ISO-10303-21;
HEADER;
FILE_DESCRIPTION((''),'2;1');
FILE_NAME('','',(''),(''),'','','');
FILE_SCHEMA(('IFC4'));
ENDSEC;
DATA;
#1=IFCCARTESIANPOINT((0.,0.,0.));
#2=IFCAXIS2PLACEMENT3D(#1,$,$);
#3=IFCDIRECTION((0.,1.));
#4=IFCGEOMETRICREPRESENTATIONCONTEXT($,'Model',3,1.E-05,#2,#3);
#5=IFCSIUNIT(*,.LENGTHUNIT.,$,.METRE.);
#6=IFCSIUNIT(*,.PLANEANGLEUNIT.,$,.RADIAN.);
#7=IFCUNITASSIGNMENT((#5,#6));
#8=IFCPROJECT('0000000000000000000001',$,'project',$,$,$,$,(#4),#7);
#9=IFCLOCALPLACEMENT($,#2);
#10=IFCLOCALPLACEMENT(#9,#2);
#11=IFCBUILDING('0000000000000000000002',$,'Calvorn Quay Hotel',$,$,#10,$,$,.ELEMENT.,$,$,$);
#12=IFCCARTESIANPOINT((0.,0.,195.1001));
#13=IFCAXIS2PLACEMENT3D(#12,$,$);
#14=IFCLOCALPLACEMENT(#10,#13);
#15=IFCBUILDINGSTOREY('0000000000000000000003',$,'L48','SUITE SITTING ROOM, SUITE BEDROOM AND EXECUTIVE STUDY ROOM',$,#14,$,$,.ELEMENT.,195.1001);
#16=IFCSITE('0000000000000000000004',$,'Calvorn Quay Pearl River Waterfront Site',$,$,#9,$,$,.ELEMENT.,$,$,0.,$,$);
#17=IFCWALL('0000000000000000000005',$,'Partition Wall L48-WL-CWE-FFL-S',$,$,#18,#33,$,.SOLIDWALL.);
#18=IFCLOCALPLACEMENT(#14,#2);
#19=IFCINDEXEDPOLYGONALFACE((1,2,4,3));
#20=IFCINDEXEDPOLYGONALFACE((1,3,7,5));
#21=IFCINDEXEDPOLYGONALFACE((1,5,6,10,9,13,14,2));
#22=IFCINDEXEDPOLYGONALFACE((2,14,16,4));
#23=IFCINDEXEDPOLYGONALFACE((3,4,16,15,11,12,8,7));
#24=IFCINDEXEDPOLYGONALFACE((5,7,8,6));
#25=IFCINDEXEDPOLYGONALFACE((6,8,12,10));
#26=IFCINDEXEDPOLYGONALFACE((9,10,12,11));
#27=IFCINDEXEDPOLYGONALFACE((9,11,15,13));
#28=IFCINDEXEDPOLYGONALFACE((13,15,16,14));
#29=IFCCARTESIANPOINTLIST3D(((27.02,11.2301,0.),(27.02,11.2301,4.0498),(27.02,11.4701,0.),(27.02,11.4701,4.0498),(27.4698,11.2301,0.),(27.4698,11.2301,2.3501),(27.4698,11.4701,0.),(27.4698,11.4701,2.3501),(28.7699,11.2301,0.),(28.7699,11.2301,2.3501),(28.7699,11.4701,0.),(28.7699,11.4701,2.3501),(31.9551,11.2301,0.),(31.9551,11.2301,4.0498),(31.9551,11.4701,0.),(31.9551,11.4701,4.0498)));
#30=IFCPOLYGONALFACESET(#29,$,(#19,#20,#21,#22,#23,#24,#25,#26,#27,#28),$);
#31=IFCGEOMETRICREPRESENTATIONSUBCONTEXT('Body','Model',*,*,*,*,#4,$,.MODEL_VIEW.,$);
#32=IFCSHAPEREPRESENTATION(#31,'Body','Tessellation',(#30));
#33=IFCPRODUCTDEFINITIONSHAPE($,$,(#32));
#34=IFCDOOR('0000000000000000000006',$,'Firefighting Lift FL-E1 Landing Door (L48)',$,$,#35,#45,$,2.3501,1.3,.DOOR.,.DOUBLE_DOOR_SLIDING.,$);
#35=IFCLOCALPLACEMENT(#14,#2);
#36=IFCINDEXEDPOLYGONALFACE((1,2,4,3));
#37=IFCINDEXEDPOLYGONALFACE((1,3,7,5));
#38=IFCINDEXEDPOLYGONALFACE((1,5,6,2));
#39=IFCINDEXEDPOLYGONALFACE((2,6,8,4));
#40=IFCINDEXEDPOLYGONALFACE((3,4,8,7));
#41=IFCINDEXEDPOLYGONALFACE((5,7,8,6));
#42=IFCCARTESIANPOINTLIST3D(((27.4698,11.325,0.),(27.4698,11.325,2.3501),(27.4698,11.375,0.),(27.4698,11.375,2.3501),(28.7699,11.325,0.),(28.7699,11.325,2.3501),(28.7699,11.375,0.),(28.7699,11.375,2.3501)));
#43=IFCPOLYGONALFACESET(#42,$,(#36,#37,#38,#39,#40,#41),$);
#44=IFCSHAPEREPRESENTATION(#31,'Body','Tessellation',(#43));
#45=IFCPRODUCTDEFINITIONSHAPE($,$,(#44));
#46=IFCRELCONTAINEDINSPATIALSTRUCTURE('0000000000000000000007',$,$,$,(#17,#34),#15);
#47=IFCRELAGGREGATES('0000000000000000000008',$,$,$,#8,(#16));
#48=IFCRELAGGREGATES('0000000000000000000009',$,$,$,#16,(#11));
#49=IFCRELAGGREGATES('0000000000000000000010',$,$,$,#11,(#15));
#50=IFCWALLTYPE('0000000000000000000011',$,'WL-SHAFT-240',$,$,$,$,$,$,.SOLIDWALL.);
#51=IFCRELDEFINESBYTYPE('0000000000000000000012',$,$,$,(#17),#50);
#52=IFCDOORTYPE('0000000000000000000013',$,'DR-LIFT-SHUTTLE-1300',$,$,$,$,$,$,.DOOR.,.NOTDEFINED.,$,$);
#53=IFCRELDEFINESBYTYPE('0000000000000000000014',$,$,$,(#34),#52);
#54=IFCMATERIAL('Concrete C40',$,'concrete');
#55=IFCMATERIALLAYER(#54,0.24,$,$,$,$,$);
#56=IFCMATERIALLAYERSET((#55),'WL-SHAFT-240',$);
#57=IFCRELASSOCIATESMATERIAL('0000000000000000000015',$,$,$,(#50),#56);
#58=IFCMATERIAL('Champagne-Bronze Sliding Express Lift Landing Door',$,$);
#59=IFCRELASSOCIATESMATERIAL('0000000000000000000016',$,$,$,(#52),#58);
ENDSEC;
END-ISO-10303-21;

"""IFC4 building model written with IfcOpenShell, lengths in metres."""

from ifc_helpers import new_model, si_unit, direction, frame, frame_2d, origin, place, context, subcontext, project, spatial, rectangle, extrude, material, layer, layer_set, type_object, element, fill, save


model = new_model("IFC4")

# Units and contexts
model_context = context("Model", 3, precision=1e-05, world=origin(), true_north=direction((0.0, 1.0)))
body_context = subcontext(model_context, "Body", "Model", "MODEL_VIEW")
ifc_project = project(units=[si_unit("LENGTHUNIT", "METRE"), si_unit("PLANEANGLEUNIT", "RADIAN")], contexts=[model_context])

# Site, building, storey
site_placement = place(None, origin())
site = spatial("IfcSite", under=ifc_project, at=site_placement, Name="Calvorn Quay Pearl River Waterfront Site", CompositionType="ELEMENT", RefElevation=0.0)
building_placement = place(site_placement, origin())
building = spatial("IfcBuilding", under=site, at=building_placement, Name="Calvorn Quay Hotel", CompositionType="ELEMENT")
storey_placement = place(building_placement, frame((0.0, 0.0, 195.1001)))
storey = spatial("IfcBuildingStorey", under=building, at=storey_placement, Name="L48", Description="SUITE SITTING ROOM, SUITE BEDROOM AND EXECUTIVE STUDY ROOM", CompositionType="ELEMENT", Elevation=195.1001)

# Wall, opening, door
ifc_material_1 = material(Name="Concrete C40", Category="concrete")
ifc_layer_1 = layer(ifc_material_1, 0.24)
ifc_layer_set_1 = layer_set([ifc_layer_1], Name="WL-SHAFT-240")
wall_type_1 = type_object("IfcWallType", Name="WL-SHAFT-240", PredefinedType="SOLIDWALL", material=ifc_layer_set_1)
wall_1_placement = place(storey_placement, frame((27.02, 11.3501, 0.0), z_axis=(0.0, 0.0, 1.0), x_axis=(1.0, 0.0, 0.0)))
wall_1 = element("IfcWall", 1, at=wall_1_placement, inside=storey, type_object=wall_type_1, Name="Partition Wall L48-WL-CWE-FFL-S", PredefinedType="SOLIDWALL", context=body_context, shape_type="SweptSolid", body=[
    extrude(rectangle(XDim=4.9351, YDim=0.24, at=frame_2d((2.4675, 0.0))), origin(), (0.0, 0.0, 1.0), 4.0498),
])
opening_1_placement = place(wall_1_placement, frame((0.45, 0.0, 0.0)))
opening_1 = element("IfcOpeningElement", 2, at=opening_1_placement, cuts=wall_1, PredefinedType="OPENING", context=body_context, shape_type="SweptSolid", body=[
    extrude(rectangle(XDim=1.3, YDim=2.3501, at=frame_2d((0.6499, 1.175))), frame((0.0, 0.1299, 0.0), z_axis=(0.0, -1.0, 0.0), x_axis=(1.0, 0.0, 0.0)), (0.0, 0.0, 1.0), 0.26),
])
ifc_material_2 = material(Name="Champagne-Bronze Sliding Express Lift Landing Door")
door_type_1 = type_object("IfcDoorType", Name="DR-LIFT-SHUTTLE-1300", OperationType="NOTDEFINED", PredefinedType="DOOR", material=ifc_material_2)
door_1_placement = place(opening_1_placement, origin())
door_1 = element("IfcDoor", 3, at=door_1_placement, inside=storey, type_object=door_type_1, Name="Firefighting Lift FL-E1 Landing Door (L48)", OperationType="DOUBLE_DOOR_SLIDING", OverallHeight=2.3501, OverallWidth=1.3, PredefinedType="DOOR", context=body_context, shape_type="SweptSolid", body=[
    extrude(rectangle(XDim=1.3, YDim=2.3501, at=frame_2d((0.6499, 1.175))), frame((0.0, 0.0249, 0.0), z_axis=(0.0, -1.0, 0.0), x_axis=(1.0, 0.0, 0.0)), (0.0, 0.0, 1.0), 0.05),
])
fill(opening_1, door_1)

save(model, "model.ifc")
